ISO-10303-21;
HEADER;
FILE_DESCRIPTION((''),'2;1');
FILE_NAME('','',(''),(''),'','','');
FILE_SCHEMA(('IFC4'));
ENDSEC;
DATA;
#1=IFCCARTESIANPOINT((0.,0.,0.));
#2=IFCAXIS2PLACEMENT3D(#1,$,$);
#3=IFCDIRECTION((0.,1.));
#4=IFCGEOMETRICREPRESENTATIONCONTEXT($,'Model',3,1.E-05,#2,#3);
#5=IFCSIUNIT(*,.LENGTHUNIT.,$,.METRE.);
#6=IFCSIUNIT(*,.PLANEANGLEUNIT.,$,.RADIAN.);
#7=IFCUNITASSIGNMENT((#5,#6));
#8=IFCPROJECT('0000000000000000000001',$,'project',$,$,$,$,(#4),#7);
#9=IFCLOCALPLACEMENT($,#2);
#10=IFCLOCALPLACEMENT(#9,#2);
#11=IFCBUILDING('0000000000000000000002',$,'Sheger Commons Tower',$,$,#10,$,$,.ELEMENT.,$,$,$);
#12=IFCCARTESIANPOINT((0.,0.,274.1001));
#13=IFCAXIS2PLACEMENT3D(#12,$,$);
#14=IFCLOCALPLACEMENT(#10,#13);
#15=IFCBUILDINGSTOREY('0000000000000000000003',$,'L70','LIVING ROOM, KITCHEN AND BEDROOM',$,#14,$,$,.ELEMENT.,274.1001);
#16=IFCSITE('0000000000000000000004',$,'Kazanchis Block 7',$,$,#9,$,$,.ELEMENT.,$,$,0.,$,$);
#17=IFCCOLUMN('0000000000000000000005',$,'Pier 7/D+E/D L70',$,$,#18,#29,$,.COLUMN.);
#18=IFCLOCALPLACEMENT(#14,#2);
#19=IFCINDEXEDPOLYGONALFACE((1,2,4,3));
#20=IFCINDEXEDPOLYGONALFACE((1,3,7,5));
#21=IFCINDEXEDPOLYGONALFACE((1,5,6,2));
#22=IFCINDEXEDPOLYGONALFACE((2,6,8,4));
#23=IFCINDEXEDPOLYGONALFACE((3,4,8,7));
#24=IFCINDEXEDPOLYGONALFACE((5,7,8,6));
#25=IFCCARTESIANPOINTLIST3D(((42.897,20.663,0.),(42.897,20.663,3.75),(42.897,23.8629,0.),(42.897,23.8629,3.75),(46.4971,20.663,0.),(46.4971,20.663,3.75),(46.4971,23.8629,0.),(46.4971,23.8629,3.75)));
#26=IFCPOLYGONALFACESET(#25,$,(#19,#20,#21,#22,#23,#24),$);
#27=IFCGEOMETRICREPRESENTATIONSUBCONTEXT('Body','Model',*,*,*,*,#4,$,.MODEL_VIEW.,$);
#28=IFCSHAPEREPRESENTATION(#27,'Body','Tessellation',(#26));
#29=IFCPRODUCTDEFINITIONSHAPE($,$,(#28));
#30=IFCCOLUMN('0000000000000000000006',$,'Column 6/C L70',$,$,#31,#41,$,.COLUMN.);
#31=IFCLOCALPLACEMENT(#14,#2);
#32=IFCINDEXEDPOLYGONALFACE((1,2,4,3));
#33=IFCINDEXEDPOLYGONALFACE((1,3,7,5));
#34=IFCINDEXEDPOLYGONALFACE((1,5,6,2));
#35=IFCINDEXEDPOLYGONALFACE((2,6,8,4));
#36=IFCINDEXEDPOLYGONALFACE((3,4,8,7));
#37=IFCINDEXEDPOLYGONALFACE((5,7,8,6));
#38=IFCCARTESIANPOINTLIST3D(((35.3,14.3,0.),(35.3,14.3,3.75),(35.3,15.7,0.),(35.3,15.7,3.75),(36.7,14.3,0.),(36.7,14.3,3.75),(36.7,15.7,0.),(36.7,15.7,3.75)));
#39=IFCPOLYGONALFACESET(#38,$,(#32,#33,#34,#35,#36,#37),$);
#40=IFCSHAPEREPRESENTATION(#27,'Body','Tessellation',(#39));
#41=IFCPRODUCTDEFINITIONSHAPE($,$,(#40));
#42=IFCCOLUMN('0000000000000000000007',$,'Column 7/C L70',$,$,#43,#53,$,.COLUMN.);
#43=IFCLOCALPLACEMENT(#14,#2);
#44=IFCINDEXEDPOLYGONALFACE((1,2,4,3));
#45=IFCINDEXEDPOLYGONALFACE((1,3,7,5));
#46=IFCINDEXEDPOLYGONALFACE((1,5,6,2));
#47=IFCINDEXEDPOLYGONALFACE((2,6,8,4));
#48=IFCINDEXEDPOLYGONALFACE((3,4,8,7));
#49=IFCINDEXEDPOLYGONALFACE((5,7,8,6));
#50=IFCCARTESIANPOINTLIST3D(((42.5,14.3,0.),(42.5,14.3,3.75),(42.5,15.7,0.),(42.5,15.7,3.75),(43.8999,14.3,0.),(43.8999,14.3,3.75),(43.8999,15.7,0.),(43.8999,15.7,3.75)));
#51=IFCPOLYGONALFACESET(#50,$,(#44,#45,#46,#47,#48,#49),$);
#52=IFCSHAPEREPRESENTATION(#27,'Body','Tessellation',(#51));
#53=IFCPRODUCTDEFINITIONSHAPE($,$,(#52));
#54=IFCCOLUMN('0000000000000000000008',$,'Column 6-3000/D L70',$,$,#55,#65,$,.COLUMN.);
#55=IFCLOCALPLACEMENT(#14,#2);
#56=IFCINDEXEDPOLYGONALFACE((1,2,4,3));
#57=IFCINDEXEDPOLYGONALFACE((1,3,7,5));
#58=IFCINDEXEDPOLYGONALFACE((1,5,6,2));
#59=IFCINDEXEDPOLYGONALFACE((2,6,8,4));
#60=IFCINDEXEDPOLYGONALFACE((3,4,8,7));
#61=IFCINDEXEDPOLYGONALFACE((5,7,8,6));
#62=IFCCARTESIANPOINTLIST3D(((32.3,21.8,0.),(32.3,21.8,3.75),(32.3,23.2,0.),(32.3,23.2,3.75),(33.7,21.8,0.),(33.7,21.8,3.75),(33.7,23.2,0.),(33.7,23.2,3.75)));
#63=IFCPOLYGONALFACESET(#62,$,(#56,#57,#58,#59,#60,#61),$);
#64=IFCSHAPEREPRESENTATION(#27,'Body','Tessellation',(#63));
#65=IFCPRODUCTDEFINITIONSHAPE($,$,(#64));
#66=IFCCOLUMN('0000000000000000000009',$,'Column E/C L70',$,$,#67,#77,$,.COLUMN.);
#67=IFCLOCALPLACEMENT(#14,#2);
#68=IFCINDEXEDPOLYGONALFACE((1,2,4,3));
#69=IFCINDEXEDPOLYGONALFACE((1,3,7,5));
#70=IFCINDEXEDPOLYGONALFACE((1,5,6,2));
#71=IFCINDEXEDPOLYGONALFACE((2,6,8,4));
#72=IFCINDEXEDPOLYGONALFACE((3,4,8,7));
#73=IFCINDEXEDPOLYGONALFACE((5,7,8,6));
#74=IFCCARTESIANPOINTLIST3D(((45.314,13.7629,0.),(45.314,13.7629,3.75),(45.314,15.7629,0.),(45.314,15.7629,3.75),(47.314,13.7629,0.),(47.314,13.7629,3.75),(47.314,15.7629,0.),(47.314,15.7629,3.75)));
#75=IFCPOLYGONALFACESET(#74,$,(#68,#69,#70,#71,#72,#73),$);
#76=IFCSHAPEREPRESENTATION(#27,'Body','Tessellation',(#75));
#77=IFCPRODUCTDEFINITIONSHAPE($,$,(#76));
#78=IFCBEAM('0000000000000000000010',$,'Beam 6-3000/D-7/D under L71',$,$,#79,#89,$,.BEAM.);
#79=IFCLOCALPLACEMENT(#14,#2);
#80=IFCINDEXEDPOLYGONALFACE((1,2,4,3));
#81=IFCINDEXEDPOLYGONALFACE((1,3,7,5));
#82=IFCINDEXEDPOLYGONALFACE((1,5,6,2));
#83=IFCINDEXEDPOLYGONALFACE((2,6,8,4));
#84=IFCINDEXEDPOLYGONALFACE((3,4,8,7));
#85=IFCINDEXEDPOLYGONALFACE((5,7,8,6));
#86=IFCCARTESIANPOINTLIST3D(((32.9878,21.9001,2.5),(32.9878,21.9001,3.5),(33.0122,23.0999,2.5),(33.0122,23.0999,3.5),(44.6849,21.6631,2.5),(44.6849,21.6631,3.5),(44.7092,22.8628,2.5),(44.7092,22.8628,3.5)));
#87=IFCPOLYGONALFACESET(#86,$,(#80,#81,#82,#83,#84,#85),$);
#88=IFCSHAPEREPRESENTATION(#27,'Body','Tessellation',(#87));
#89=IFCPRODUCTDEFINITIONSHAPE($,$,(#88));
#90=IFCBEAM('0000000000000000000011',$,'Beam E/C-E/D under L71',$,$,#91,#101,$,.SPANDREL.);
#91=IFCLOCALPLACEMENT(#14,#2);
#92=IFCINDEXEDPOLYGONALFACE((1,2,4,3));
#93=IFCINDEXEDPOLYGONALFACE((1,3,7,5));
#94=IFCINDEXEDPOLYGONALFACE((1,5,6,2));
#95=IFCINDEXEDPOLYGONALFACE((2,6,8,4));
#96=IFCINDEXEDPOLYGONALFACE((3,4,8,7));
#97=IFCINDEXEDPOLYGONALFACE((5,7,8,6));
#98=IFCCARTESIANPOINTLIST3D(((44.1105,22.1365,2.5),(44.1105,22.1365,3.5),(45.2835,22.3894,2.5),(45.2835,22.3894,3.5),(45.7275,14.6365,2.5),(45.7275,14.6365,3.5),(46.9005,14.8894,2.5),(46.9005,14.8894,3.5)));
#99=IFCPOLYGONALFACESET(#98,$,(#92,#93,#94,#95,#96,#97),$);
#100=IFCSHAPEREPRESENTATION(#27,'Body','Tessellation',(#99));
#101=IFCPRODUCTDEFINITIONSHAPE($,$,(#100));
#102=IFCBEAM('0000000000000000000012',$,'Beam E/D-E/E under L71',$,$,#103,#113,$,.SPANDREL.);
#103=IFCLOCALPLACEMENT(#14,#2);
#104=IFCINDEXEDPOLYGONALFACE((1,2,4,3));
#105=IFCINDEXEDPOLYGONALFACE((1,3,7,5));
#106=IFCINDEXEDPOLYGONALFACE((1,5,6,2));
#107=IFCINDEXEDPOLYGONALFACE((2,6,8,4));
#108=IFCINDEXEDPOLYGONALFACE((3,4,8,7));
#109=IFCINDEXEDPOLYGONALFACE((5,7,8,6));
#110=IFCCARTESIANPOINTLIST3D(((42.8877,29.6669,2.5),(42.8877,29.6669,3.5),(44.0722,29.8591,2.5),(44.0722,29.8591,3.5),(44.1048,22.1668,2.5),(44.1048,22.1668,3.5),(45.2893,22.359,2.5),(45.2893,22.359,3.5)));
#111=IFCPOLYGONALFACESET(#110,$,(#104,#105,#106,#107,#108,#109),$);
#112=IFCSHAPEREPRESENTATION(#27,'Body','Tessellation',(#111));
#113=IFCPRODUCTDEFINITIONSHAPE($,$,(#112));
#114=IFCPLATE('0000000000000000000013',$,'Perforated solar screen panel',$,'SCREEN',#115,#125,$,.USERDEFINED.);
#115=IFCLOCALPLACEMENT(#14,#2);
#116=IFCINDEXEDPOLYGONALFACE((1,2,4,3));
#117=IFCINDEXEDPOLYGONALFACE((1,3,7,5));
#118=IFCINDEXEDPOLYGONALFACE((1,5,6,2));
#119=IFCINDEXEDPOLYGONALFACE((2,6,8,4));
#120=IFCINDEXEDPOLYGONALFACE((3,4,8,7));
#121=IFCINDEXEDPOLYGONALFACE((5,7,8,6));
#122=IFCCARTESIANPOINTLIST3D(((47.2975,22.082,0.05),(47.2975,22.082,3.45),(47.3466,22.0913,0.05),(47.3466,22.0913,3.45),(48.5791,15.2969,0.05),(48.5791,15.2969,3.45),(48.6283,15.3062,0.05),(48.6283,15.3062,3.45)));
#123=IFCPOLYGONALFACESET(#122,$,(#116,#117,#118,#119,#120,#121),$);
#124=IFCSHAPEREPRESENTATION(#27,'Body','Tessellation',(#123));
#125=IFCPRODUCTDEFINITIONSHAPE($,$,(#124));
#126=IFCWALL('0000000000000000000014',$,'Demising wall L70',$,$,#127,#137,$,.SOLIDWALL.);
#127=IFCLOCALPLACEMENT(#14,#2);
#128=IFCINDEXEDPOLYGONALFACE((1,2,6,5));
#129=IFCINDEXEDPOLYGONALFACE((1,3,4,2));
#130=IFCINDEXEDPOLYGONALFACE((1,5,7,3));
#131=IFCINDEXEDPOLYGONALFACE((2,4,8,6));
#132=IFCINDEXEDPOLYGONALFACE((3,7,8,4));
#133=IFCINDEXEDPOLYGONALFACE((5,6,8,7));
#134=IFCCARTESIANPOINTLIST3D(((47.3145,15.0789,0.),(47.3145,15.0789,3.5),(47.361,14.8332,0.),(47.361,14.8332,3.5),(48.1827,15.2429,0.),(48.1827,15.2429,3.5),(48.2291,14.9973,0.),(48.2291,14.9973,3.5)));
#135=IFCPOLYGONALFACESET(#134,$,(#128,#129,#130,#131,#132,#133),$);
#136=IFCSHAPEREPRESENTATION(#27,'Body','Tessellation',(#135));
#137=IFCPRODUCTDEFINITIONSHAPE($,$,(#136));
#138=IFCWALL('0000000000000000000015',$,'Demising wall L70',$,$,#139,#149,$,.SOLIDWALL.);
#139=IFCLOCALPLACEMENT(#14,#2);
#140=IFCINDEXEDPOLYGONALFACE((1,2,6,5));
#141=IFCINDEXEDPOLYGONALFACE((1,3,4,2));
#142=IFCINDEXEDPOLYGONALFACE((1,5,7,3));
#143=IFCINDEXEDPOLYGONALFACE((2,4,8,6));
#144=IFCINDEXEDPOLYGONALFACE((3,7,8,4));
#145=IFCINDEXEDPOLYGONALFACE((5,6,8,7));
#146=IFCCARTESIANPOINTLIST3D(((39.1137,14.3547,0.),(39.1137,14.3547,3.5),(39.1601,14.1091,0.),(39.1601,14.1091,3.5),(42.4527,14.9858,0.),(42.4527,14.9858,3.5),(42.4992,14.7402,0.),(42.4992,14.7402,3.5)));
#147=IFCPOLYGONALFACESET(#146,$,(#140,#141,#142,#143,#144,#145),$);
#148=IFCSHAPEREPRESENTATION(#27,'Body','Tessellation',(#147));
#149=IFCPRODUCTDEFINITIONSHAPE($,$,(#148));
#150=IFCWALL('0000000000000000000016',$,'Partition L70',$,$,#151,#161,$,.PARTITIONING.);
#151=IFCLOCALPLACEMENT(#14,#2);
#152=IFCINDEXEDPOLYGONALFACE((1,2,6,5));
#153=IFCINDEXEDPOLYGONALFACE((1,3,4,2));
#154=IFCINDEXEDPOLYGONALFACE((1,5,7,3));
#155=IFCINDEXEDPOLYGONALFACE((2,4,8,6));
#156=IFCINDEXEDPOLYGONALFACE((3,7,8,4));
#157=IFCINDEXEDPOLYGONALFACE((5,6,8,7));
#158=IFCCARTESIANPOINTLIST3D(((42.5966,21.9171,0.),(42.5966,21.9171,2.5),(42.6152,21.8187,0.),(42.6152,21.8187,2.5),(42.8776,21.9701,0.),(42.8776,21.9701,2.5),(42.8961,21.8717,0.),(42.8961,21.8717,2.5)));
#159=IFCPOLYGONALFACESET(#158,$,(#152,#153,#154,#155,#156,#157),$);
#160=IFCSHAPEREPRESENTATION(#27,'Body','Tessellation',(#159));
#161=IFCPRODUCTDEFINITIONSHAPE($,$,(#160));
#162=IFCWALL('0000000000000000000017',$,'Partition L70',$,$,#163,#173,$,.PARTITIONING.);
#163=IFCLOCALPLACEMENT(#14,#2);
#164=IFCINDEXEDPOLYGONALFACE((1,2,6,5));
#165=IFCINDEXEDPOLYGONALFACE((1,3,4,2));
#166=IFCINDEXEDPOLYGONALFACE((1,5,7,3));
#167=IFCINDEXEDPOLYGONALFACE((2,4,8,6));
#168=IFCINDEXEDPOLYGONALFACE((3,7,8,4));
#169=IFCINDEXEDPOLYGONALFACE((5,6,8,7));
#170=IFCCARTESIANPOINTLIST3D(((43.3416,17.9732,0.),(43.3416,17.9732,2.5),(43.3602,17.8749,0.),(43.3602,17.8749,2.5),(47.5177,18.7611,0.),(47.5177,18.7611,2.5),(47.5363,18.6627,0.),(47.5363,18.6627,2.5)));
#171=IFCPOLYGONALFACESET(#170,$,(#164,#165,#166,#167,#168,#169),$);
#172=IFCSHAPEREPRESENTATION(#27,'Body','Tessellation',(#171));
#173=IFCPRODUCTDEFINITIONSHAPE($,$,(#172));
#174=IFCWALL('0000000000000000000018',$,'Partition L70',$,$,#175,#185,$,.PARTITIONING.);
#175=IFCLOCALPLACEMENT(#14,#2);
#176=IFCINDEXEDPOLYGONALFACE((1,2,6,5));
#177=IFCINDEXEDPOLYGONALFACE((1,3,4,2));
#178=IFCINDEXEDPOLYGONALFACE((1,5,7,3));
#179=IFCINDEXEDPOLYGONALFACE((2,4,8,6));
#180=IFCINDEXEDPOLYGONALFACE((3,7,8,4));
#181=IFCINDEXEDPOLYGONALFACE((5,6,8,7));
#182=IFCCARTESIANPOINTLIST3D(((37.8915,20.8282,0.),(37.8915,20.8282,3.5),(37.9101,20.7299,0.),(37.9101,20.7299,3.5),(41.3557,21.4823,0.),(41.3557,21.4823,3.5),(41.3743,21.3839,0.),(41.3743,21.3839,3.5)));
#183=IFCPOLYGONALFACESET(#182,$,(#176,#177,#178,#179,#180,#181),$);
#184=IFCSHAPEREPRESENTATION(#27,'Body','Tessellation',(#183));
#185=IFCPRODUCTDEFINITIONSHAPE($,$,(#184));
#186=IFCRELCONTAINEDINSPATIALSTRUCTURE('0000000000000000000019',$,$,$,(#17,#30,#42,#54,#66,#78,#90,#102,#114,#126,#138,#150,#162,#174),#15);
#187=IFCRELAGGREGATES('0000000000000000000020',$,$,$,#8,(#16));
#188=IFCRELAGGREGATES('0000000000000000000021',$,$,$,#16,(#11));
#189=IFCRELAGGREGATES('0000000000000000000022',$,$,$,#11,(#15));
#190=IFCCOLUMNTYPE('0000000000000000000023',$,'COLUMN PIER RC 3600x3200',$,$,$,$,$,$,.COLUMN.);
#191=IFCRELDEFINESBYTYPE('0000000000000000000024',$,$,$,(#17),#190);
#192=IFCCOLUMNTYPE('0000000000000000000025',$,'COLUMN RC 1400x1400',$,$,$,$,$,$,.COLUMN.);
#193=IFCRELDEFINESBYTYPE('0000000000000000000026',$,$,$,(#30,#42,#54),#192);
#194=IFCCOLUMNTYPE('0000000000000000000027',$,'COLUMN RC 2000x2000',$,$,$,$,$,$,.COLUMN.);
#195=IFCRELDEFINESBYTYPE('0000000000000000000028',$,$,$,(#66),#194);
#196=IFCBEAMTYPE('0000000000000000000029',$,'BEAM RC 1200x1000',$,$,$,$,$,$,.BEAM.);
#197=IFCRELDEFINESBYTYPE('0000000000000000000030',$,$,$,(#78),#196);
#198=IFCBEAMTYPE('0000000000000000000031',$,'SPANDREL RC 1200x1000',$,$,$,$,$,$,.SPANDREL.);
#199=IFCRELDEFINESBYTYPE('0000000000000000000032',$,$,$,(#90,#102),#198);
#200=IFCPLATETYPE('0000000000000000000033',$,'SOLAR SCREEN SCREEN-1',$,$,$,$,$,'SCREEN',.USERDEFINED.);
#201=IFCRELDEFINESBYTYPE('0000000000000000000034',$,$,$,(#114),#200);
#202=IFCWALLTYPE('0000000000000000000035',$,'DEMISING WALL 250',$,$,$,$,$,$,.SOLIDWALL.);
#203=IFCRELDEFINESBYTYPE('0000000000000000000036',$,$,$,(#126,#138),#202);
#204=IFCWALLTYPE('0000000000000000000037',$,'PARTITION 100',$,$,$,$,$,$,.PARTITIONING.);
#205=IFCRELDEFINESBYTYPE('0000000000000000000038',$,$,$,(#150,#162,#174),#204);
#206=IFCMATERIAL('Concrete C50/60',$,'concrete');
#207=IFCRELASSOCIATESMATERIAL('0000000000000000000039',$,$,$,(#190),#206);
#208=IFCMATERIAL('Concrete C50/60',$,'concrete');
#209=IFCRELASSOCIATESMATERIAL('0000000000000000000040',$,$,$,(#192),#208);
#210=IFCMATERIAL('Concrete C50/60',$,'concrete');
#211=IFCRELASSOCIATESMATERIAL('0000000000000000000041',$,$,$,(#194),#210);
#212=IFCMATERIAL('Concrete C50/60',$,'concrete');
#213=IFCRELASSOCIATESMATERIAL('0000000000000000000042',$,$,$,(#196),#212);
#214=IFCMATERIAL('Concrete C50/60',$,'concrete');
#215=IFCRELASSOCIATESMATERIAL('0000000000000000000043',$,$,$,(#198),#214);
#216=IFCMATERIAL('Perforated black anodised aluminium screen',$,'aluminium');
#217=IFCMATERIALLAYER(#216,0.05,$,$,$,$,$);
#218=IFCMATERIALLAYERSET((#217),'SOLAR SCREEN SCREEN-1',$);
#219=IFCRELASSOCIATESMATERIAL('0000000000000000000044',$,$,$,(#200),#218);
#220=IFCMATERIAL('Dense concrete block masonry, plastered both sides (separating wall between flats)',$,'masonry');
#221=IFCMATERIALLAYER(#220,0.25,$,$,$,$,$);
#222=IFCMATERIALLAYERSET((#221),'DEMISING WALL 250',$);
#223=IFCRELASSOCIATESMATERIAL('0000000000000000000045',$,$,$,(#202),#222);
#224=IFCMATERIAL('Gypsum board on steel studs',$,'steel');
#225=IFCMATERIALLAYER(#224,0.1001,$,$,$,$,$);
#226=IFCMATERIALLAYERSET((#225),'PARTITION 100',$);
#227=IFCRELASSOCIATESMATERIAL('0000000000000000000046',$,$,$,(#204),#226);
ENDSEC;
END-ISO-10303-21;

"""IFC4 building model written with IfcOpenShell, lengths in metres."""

from ifc_helpers import new_model, si_unit, direction, frame, frame_2d, origin, origin_2d, place, context, subcontext, project, spatial, rectangle, extrude, material, layer, layer_set, material_profile, profile_set, type_object, element, save


model = new_model("IFC4")

# Units and contexts
model_context = context("Model", 3, precision=1e-05, world=origin(), true_north=direction((0.0, 1.0)))
body_context = subcontext(model_context, "Body", "Model", "MODEL_VIEW")
ifc_project = project(units=[si_unit("LENGTHUNIT", "METRE"), si_unit("PLANEANGLEUNIT", "RADIAN")], contexts=[model_context])

# Site, building, storey
site_placement = place(None, origin())
site = spatial("IfcSite", under=ifc_project, at=site_placement, Name="Kazanchis Block 7", CompositionType="ELEMENT", RefElevation=0.0)
building_placement = place(site_placement, origin())
building = spatial("IfcBuilding", under=site, at=building_placement, Name="Sheger Commons Tower", CompositionType="ELEMENT")
storey_placement = place(building_placement, frame((0.0, 0.0, 274.1001)))
storey = spatial("IfcBuildingStorey", under=building, at=storey_placement, Name="L70", Description="LIVING ROOM, KITCHEN AND BEDROOM", CompositionType="ELEMENT", Elevation=274.1001)

# Columns
ifc_material_1 = material(Name="Concrete C50/60", Category="concrete")
ifc_material_profile_1 = material_profile(ifc_material_1, rectangle(XDim=3.6001, YDim=3.2, at=origin_2d()), Name="RC 3600x3200")
ifc_profile_set_1 = profile_set([ifc_material_profile_1], Name="Concrete C50/60")
column_type_1 = type_object("IfcColumnType", Name="COLUMN PIER RC 3600x3200", PredefinedType="COLUMN", material=ifc_profile_set_1)
column_1_placement = place(storey_placement, frame((44.697, 22.2629, 0.0), z_axis=(0.0, 0.0, 1.0), x_axis=(1.0, 0.0, 0.0)))
element("IfcColumn", 1, at=column_1_placement, inside=storey, type_object=column_type_1, Name="Pier 7/D+E/D L70", PredefinedType="COLUMN", context=body_context, shape_type="SweptSolid", body=[
    extrude(rectangle(XDim=3.6001, YDim=3.2, at=origin_2d()), origin(), (0.0, 0.0, 1.0), 3.75),
])
ifc_material_2 = material(Name="Concrete C50/60", Category="concrete")
ifc_material_profile_2 = material_profile(ifc_material_2, rectangle(XDim=1.3999, YDim=1.3999, at=origin_2d()), Name="RC 1400x1400")
ifc_profile_set_2 = profile_set([ifc_material_profile_2], Name="Concrete C50/60")
column_type_2 = type_object("IfcColumnType", Name="COLUMN RC 1400x1400", PredefinedType="COLUMN", material=ifc_profile_set_2)
for number, where, z_axis, x_axis, name in (
    (2, (36.0, 15.0, 0.0), (0.0, 0.0, 1.0), (1.0, 0.0, 0.0), "Column 6/C L70"),
    (3, (43.2, 15.0, 0.0), (0.0, 0.0, 1.0), (1.0, 0.0, 0.0), "Column 7/C L70"),
    (4, (33.0, 22.5, 0.0), (0.0, 0.0, 1.0), (1.0, 0.0, 0.0), "Column 6-3000/D L70"),
):
    element("IfcColumn", number, at=place(storey_placement, frame(where, z_axis=z_axis, x_axis=x_axis)), inside=storey, type_object=column_type_2, Name=name, PredefinedType="COLUMN", context=body_context, shape_type="SweptSolid", body=[
        extrude(rectangle(XDim=1.3999, YDim=1.3999, at=origin_2d()), origin(), (0.0, 0.0, 1.0), 3.75),
    ])
ifc_material_3 = material(Name="Concrete C50/60", Category="concrete")
ifc_material_profile_3 = material_profile(ifc_material_3, rectangle(XDim=2.0, YDim=2.0, at=origin_2d()), Name="RC 2000x2000")
ifc_profile_set_3 = profile_set([ifc_material_profile_3], Name="Concrete C50/60")
column_type_3 = type_object("IfcColumnType", Name="COLUMN RC 2000x2000", PredefinedType="COLUMN", material=ifc_profile_set_3)
column_2_placement = place(storey_placement, frame((46.314, 14.7629, 0.0), z_axis=(0.0, 0.0, 1.0), x_axis=(1.0, 0.0, 0.0)))
element("IfcColumn", 5, at=column_2_placement, inside=storey, type_object=column_type_3, Name="Column E/C L70", PredefinedType="COLUMN", context=body_context, shape_type="SweptSolid", body=[
    extrude(rectangle(XDim=2.0, YDim=2.0, at=origin_2d()), origin(), (0.0, 0.0, 1.0), 3.75),
])

# Beams
ifc_material_4 = material(Name="Concrete C50/60", Category="concrete")
ifc_material_profile_4 = material_profile(ifc_material_4, rectangle(XDim=1.2, YDim=1.0, at=origin_2d()), Name="RC 1200x1000")
ifc_profile_set_4 = profile_set([ifc_material_profile_4], Name="Concrete C50/60")
beam_type_1 = type_object("IfcBeamType", Name="BEAM RC 1200x1000", PredefinedType="BEAM", material=ifc_profile_set_4)
beam_1_placement = place(storey_placement, frame((33.0, 22.5, 3.0), z_axis=(0.999795, -0.020263, 0.0), x_axis=(0.020263, 0.999795, 0.0)))
element("IfcBeam", 6, at=beam_1_placement, inside=storey, type_object=beam_type_1, Name="Beam 6-3000/D-7/D under L71", PredefinedType="BEAM", context=body_context, shape_type="SweptSolid", body=[
    extrude(rectangle(XDim=1.2, YDim=1.0, at=origin_2d()), origin(), (0.0, 0.0, 1.0), 11.6995),
])
ifc_material_5 = material(Name="Concrete C50/60", Category="concrete")
ifc_material_profile_5 = material_profile(ifc_material_5, rectangle(XDim=1.2, YDim=1.0, at=origin_2d()), Name="RC 1200x1000")
ifc_profile_set_5 = profile_set([ifc_material_profile_5], Name="Concrete C50/60")
beam_type_2 = type_object("IfcBeamType", Name="SPANDREL RC 1200x1000", PredefinedType="SPANDREL", material=ifc_profile_set_5)
beam_2_placement = place(storey_placement, frame((46.314, 14.7629, 3.0), z_axis=(-0.21075, 0.97754, 0.0), x_axis=(-0.97754, -0.21075, 0.0)))
element("IfcBeam", 7, at=beam_2_placement, inside=storey, type_object=beam_type_2, Name="Beam E/C-E/D under L71", PredefinedType="SPANDREL", context=body_context, shape_type="SweptSolid", body=[
    extrude(rectangle(XDim=1.2, YDim=1.0, at=origin_2d()), origin(), (0.0, 0.0, 1.0), 7.6724),
])
beam_3_placement = place(storey_placement, frame((44.697, 22.2629, 3.0), z_axis=(-0.160177, 0.987088, 0.0), x_axis=(-0.987088, -0.160177, 0.0)))
element("IfcBeam", 8, at=beam_3_placement, inside=storey, type_object=beam_type_2, Name="Beam E/D-E/E under L71", PredefinedType="SPANDREL", context=body_context, shape_type="SweptSolid", body=[
    extrude(rectangle(XDim=1.2, YDim=1.0, at=origin_2d()), origin(), (0.0, 0.0, 1.0), 7.5981),
])

# Plate
ifc_material_6 = material(Name="Perforated black anodised aluminium screen", Category="aluminium")
ifc_layer_1 = layer(ifc_material_6, 0.05)
ifc_layer_set_1 = layer_set([ifc_layer_1], Name="SOLAR SCREEN SCREEN-1")
plate_type = type_object("IfcPlateType", Name="SOLAR SCREEN SCREEN-1", ElementType="SCREEN", PredefinedType="USERDEFINED", material=ifc_layer_set_1)
plate_placement = place(storey_placement, frame((47.9629, 18.6941, 0.05), z_axis=(0.0, 0.0, 1.0), x_axis=(-0.185615, 0.982623, 0.0)))
element("IfcPlate", 9, at=plate_placement, inside=storey, type_object=plate_type, Name="Perforated solar screen panel", ObjectType="SCREEN", PredefinedType="USERDEFINED", context=body_context, shape_type="SweptSolid", body=[
    extrude(rectangle(XDim=6.905, YDim=0.05, at=origin_2d()), origin(), (0.0, 0.0, 1.0), 3.3999),
])

# Walls
ifc_material_7 = material(Name="Dense concrete block masonry, plastered both sides (separating wall between flats)", Category="masonry")
ifc_layer_2 = layer(ifc_material_7, 0.25)
ifc_layer_set_2 = layer_set([ifc_layer_2], Name="DEMISING WALL 250")
wall_type_1 = type_object("IfcWallType", Name="DEMISING WALL 250", PredefinedType="SOLIDWALL", material=ifc_layer_set_2)
wall_1_placement = place(storey_placement, frame((48.2061, 15.1201, 0.0), z_axis=(0.0, 0.0, 1.0), x_axis=(-0.982608, -0.18569, 0.0)))
element("IfcWall", 10, at=wall_1_placement, inside=storey, type_object=wall_type_1, Name="Demising wall L70", PredefinedType="SOLIDWALL", context=body_context, shape_type="SweptSolid", body=[
    extrude(rectangle(XDim=0.8835, YDim=0.25, at=frame_2d((0.4419, 0.0))), origin(), (0.0, 0.0, 1.0), 3.5),
])
wall_2_placement = place(storey_placement, frame((42.4761, 14.863, 0.0), z_axis=(0.0, 0.0, 1.0), x_axis=(-0.982604, -0.185715, 0.0)))
element("IfcWall", 11, at=wall_2_placement, inside=storey, type_object=wall_type_1, Name="Demising wall L70", PredefinedType="SOLIDWALL", context=body_context, shape_type="SweptSolid", body=[
    extrude(rectangle(XDim=3.3982, YDim=0.25, at=frame_2d((1.6992, 0.0))), origin(), (0.0, 0.0, 1.0), 3.5),
])
ifc_material_8 = material(Name="Gypsum board on steel studs", Category="steel")
ifc_layer_3 = layer(ifc_material_8, 0.1001)
ifc_layer_set_3 = layer_set([ifc_layer_3], Name="PARTITION 100")
wall_type_2 = type_object("IfcWallType", Name="PARTITION 100", PredefinedType="PARTITIONING", material=ifc_layer_set_3)
wall_3_placement = place(storey_placement, frame((42.887, 21.9209, 0.0), z_axis=(0.0, 0.0, 1.0), x_axis=(-0.982688, -0.185268, 0.0)))
element("IfcWall", 12, at=wall_3_placement, inside=storey, type_object=wall_type_2, Name="Partition L70", PredefinedType="PARTITIONING", context=body_context, shape_type="SweptSolid", body=[
    extrude(rectangle(XDim=0.2859, YDim=0.1001, at=frame_2d((0.1431, 0.0))), origin(), (0.0, 0.0, 1.0), 2.5),
])
wall_4_placement = place(storey_placement, frame((47.5271, 18.7119, 0.0), z_axis=(0.0, 0.0, 1.0), x_axis=(-0.982665, -0.185388, 0.0)))
element("IfcWall", 13, at=wall_4_placement, inside=storey, type_object=wall_type_2, Name="Partition L70", PredefinedType="PARTITIONING", context=body_context, shape_type="SweptSolid", body=[
    extrude(rectangle(XDim=4.2498, YDim=0.1001, at=frame_2d((2.125, 0.0))), origin(), (0.0, 0.0, 1.0), 2.5),
])
wall_5_placement = place(storey_placement, frame((41.365, 21.4331, 0.0), z_axis=(0.0, 0.0, 1.0), x_axis=(-0.982639, -0.18553, 0.0)))
element("IfcWall", 14, at=wall_5_placement, inside=storey, type_object=wall_type_2, Name="Partition L70", PredefinedType="PARTITIONING", context=body_context, shape_type="SweptSolid", body=[
    extrude(rectangle(XDim=3.5254, YDim=0.1001, at=frame_2d((1.7627, 0.0))), origin(), (0.0, 0.0, 1.0), 3.5),
])

save(model, "model.ifc")
